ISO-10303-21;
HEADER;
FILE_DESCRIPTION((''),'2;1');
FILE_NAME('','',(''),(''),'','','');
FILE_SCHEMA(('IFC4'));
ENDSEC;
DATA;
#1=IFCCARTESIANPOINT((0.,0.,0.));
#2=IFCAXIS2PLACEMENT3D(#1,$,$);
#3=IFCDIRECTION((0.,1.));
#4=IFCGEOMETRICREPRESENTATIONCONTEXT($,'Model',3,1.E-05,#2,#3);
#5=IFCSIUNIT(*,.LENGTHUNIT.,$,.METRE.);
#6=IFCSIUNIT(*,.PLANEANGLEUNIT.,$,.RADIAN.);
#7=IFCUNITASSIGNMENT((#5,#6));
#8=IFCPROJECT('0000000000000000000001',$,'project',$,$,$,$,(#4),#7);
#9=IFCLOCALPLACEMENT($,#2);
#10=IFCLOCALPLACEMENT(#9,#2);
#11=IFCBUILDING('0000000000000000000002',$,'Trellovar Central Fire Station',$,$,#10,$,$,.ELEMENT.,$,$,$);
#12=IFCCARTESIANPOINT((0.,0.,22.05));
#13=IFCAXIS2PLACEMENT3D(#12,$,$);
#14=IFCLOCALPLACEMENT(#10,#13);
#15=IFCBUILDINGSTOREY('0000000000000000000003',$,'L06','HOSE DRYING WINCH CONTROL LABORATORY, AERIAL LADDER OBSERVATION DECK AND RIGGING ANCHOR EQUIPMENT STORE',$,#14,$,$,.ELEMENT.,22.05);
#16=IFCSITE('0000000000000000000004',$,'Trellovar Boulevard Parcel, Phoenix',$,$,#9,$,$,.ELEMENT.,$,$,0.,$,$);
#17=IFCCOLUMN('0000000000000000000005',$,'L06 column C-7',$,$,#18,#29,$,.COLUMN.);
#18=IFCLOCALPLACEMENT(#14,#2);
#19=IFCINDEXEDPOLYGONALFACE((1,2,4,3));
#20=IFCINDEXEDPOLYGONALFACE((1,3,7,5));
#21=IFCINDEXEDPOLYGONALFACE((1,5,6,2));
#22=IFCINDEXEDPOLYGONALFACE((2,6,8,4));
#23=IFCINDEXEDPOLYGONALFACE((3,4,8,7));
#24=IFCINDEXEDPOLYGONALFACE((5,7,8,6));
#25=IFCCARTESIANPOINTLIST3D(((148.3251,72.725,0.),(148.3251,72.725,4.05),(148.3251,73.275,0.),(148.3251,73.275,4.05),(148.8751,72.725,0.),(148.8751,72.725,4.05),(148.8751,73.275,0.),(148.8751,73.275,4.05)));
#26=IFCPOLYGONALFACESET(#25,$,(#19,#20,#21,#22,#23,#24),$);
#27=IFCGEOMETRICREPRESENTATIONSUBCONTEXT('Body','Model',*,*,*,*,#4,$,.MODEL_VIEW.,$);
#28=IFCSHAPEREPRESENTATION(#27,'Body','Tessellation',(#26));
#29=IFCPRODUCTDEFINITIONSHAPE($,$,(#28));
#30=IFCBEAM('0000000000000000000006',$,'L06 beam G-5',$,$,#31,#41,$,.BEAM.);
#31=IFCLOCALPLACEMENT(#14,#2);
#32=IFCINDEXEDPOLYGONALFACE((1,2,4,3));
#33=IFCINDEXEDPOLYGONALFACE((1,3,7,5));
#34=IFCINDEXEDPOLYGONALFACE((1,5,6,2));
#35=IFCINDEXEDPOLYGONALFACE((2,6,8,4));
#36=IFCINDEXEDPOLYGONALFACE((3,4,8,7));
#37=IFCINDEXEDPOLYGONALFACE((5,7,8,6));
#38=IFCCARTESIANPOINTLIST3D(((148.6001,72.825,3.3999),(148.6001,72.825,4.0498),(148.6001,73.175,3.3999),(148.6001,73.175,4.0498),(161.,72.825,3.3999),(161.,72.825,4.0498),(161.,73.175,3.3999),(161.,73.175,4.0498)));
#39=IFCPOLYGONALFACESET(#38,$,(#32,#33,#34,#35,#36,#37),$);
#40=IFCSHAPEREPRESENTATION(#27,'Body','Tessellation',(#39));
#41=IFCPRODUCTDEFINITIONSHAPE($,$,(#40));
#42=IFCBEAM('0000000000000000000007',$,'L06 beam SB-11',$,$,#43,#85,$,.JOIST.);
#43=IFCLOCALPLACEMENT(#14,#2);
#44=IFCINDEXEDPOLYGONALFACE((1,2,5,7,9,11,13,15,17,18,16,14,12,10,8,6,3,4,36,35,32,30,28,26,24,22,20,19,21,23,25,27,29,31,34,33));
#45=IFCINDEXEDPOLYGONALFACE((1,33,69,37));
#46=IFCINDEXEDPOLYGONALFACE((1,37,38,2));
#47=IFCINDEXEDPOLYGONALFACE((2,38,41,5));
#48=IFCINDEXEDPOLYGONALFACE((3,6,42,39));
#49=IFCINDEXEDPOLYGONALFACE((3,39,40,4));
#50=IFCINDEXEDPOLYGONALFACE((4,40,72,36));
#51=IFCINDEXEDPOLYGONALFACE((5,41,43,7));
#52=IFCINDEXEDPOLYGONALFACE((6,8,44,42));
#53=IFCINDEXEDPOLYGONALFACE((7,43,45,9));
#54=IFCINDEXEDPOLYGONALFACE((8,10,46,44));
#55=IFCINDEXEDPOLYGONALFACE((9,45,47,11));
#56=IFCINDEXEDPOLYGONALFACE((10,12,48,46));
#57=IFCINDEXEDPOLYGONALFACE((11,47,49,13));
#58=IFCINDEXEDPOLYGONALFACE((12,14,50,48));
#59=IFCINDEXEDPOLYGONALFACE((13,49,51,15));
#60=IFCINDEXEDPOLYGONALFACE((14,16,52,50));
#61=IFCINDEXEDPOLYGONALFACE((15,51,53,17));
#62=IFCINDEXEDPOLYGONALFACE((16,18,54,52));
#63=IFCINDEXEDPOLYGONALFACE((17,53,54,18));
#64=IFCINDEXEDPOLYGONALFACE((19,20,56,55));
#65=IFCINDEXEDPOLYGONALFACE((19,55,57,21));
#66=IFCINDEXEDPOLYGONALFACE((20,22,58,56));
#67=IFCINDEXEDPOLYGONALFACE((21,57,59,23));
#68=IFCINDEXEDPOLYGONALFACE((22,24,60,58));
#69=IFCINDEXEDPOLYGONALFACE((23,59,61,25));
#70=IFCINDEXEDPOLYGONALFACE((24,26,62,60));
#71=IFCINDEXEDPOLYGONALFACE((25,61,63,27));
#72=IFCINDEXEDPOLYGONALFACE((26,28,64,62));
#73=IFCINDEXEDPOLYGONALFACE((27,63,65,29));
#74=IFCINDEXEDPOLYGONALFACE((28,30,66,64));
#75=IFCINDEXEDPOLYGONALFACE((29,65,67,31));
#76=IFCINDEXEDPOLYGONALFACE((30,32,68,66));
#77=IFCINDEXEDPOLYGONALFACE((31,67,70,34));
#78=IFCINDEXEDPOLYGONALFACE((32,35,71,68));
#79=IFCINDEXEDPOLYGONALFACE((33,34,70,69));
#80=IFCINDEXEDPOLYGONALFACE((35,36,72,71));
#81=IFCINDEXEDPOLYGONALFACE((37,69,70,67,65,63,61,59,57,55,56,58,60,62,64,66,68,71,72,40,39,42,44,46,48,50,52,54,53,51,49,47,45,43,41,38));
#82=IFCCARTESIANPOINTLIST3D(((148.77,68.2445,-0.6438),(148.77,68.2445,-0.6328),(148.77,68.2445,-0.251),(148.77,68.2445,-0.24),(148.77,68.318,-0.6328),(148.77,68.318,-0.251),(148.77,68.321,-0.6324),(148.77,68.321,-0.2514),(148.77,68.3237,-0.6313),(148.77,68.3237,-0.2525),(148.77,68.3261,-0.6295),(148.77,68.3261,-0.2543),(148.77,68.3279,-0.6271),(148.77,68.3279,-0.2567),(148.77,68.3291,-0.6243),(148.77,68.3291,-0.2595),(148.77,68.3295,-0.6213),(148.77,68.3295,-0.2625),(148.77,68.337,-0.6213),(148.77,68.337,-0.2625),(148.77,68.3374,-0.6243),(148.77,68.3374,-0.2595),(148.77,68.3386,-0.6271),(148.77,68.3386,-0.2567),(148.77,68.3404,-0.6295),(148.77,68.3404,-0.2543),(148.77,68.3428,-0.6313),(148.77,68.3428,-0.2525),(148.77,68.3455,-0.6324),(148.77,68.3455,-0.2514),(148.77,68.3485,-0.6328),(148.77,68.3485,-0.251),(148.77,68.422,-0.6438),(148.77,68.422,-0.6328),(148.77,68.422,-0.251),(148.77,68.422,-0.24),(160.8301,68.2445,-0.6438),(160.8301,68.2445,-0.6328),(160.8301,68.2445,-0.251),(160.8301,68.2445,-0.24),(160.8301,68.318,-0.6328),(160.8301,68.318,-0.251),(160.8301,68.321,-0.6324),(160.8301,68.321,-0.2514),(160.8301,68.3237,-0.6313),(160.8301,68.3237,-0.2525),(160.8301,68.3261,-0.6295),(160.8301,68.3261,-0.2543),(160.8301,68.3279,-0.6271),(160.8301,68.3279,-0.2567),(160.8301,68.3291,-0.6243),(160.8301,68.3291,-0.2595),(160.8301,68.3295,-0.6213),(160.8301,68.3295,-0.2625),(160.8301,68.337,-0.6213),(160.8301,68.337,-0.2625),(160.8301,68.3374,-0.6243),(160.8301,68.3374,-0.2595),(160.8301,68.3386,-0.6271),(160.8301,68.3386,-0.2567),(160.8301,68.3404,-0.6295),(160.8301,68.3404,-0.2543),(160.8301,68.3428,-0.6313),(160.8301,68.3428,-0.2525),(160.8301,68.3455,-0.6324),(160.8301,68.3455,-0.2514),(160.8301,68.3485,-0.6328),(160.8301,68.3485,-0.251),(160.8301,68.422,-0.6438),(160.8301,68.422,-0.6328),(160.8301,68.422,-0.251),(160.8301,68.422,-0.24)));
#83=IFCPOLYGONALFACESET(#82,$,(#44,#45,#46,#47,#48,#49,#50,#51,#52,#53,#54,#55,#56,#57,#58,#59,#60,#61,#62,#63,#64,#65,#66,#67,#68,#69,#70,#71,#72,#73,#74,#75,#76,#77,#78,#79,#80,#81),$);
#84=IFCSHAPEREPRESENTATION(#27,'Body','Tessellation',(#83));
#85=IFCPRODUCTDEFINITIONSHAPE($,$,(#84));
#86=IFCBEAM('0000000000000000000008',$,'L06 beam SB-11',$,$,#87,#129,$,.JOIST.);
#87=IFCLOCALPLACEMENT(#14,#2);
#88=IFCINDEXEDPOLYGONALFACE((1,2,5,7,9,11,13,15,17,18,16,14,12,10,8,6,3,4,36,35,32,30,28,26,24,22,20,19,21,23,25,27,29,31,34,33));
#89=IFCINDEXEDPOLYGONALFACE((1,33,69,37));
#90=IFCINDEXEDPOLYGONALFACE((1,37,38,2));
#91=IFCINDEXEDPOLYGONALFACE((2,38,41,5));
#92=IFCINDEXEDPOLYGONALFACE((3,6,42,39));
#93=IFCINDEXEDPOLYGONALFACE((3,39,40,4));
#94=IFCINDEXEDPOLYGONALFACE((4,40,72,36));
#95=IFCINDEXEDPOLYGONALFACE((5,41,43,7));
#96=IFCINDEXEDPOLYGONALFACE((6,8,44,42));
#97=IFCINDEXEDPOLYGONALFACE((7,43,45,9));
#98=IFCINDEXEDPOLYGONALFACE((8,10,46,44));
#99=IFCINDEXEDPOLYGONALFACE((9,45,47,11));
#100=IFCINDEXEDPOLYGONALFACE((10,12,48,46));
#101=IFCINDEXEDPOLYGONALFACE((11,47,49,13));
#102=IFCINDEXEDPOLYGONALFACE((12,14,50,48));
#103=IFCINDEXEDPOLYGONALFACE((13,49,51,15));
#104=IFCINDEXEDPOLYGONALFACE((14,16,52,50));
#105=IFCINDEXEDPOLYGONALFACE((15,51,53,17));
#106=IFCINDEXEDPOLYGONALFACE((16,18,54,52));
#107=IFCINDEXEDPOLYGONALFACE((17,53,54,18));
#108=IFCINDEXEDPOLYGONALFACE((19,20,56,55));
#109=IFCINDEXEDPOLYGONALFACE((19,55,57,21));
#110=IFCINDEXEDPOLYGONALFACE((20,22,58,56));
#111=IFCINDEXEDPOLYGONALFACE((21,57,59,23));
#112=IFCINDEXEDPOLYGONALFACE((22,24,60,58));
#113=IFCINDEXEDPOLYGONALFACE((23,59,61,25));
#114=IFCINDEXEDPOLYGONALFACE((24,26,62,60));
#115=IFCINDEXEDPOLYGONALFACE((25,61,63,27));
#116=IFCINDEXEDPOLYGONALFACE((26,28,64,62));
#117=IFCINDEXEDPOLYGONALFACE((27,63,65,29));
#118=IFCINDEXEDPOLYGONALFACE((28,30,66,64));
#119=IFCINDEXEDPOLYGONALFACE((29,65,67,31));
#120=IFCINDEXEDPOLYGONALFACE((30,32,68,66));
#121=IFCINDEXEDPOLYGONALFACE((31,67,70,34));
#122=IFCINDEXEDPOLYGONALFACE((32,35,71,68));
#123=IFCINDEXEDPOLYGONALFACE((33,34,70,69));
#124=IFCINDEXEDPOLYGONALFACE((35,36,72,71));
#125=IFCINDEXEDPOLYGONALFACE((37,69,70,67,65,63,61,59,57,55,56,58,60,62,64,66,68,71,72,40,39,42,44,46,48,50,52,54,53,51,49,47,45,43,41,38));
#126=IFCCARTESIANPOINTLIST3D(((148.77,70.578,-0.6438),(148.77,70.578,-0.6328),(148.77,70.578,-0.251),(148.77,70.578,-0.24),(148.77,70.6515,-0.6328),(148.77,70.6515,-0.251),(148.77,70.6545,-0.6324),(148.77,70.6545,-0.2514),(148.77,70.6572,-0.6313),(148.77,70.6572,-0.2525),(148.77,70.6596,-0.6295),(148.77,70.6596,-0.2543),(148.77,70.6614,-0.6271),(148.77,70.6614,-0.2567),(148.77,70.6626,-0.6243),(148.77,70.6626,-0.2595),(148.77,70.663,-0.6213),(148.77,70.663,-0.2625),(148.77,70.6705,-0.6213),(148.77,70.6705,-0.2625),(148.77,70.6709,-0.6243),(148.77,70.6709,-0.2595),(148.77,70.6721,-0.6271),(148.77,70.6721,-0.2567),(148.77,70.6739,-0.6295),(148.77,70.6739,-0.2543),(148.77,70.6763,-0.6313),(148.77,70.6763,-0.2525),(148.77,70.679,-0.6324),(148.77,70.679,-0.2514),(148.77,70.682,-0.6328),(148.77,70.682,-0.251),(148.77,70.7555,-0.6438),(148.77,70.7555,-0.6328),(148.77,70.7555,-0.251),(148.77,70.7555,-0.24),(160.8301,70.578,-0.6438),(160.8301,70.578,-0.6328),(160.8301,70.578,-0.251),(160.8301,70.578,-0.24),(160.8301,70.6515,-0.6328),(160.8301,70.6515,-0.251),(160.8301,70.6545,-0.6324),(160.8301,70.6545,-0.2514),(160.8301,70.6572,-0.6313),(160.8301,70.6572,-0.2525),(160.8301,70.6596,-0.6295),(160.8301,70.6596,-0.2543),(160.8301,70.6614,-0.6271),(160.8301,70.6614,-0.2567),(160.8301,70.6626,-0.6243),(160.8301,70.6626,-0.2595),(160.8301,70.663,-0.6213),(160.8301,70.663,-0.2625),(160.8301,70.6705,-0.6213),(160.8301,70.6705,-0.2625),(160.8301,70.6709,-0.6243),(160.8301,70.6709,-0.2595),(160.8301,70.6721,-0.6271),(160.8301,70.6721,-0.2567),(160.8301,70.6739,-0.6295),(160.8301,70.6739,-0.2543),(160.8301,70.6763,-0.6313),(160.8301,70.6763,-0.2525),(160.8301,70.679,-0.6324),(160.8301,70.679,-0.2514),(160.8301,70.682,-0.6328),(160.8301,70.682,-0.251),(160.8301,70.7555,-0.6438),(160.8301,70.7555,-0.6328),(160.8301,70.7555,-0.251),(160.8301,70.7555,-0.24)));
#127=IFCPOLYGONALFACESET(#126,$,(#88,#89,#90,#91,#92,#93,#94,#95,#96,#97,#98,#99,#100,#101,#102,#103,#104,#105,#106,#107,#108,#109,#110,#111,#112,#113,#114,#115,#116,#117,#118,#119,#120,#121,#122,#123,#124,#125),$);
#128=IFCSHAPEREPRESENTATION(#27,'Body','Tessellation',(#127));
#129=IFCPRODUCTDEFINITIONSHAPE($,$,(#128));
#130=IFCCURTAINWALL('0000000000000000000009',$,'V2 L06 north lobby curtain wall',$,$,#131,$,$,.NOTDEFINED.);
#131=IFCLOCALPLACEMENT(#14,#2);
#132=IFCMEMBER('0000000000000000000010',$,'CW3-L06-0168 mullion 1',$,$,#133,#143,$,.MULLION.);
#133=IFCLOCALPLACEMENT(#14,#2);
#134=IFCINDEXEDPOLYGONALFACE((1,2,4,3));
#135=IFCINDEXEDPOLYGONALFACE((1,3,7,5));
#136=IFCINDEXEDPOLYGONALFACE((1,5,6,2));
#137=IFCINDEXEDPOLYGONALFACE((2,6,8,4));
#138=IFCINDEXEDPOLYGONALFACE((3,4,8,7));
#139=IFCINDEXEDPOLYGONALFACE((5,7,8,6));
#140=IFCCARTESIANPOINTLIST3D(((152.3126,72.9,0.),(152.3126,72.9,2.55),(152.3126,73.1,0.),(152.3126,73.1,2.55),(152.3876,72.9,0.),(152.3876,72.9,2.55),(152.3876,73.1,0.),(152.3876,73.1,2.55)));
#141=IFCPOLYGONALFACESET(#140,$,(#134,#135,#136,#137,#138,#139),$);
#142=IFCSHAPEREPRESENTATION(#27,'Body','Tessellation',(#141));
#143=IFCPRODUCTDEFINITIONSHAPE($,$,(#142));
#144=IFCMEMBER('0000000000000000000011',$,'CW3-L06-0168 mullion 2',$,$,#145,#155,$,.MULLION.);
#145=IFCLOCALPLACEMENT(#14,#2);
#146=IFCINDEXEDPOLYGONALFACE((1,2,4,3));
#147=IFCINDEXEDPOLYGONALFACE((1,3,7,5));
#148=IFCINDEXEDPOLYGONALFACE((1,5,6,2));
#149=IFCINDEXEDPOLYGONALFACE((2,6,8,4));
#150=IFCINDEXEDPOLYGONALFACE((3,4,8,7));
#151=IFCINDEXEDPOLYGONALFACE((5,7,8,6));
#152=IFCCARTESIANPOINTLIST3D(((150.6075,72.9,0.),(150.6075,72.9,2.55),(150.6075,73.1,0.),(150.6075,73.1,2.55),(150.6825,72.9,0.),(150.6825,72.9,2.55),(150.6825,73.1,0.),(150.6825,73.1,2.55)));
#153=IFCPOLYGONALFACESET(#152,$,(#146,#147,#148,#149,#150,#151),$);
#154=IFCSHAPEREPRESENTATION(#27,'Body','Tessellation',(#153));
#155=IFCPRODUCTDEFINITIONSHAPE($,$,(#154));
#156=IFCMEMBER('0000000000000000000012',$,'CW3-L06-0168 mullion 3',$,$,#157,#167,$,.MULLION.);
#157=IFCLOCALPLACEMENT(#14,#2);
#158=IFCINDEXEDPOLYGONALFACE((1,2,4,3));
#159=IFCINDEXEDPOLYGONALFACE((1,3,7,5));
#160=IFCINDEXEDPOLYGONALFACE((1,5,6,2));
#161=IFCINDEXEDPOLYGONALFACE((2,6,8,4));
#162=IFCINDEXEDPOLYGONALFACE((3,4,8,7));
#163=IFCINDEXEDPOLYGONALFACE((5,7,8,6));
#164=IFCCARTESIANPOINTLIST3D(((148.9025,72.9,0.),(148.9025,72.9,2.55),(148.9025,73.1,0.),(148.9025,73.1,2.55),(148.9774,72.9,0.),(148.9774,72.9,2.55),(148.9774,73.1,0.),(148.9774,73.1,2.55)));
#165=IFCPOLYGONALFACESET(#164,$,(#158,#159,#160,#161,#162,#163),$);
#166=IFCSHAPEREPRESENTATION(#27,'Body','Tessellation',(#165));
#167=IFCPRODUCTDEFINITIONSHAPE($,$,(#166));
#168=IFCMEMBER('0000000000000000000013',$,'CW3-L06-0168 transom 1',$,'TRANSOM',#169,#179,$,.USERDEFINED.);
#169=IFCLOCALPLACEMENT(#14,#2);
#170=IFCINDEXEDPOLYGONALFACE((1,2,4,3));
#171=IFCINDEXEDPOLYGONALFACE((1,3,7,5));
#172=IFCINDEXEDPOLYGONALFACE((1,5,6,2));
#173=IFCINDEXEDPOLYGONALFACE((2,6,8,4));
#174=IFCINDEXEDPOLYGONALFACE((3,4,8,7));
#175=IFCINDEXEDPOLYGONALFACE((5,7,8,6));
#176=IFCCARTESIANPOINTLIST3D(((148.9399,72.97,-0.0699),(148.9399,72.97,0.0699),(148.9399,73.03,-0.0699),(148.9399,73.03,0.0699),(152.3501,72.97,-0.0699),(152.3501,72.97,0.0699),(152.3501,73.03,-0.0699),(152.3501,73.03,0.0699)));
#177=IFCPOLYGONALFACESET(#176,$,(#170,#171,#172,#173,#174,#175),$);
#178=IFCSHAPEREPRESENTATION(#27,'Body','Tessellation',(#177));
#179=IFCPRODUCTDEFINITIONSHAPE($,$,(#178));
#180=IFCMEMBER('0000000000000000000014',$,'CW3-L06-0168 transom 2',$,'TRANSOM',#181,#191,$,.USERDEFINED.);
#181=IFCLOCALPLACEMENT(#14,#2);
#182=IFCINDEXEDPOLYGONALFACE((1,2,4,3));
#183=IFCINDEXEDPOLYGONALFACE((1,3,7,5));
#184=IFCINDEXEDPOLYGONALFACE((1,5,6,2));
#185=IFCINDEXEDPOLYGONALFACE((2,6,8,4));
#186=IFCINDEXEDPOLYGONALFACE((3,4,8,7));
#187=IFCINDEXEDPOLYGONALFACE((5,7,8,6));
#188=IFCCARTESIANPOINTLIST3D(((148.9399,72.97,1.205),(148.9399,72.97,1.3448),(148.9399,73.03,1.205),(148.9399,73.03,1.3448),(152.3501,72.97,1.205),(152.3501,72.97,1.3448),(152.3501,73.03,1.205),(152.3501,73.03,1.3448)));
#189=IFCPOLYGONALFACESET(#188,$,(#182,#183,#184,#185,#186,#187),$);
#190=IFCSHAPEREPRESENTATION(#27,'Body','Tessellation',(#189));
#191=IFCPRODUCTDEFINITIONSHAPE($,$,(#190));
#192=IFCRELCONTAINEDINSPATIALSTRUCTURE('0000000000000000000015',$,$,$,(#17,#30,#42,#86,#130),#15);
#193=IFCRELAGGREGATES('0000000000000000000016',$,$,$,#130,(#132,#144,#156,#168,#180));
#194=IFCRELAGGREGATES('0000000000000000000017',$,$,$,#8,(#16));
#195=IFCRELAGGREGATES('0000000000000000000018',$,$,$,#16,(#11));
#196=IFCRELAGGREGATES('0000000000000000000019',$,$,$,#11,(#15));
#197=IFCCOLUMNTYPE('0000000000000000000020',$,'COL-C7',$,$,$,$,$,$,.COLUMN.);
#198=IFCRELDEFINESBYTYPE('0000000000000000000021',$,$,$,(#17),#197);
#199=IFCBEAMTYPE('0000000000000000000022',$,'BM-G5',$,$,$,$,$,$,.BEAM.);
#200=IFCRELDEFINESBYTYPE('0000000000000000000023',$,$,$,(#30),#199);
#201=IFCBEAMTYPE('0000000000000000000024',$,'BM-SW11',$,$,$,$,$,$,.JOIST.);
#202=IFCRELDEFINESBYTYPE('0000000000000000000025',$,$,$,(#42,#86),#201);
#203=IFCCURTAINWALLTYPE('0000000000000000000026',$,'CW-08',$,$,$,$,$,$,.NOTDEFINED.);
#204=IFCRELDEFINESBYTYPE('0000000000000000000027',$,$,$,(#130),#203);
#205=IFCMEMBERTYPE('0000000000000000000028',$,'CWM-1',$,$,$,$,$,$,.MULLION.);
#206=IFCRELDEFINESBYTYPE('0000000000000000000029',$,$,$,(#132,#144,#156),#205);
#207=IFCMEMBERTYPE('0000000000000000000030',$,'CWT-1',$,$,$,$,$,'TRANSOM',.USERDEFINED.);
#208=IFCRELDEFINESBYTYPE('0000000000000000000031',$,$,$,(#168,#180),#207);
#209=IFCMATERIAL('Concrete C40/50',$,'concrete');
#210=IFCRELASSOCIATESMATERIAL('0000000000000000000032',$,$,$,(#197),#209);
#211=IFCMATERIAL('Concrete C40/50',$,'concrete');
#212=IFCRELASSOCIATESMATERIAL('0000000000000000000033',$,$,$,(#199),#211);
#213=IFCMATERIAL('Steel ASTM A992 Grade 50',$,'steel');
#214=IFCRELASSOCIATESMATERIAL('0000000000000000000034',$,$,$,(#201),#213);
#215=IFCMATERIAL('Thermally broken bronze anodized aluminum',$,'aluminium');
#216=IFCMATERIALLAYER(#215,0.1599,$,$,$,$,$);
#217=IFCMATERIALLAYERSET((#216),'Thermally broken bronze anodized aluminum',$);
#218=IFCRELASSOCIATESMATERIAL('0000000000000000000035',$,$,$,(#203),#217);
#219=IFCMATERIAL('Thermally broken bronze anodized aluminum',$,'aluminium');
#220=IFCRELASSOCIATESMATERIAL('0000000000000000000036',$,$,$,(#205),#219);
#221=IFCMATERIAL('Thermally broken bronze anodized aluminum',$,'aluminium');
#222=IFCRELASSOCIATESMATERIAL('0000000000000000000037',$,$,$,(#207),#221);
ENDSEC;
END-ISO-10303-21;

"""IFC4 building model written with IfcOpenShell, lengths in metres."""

from ifc_helpers import new_model, si_unit, direction, frame, origin, origin_2d, place, context, subcontext, project, spatial, rectangle, i_section, extrude, material, layer, layer_set, material_profile, profile_set, type_object, element, aggregate, save


model = new_model("IFC4")

# Units and contexts
model_context = context("Model", 3, precision=1e-05, world=origin(), true_north=direction((0.0, 1.0)))
body_context = subcontext(model_context, "Body", "Model", "MODEL_VIEW")
ifc_project = project(units=[si_unit("LENGTHUNIT", "METRE"), si_unit("PLANEANGLEUNIT", "RADIAN")], contexts=[model_context])

# Site, building, storey
site_placement = place(None, origin())
site = spatial("IfcSite", under=ifc_project, at=site_placement, Name="Trellovar Boulevard Parcel, Phoenix", CompositionType="ELEMENT", RefElevation=0.0)
building_placement = place(site_placement, origin())
building = spatial("IfcBuilding", under=site, at=building_placement, Name="Trellovar Central Fire Station", CompositionType="ELEMENT")
storey_placement = place(building_placement, frame((0.0, 0.0, 22.05)))
storey = spatial("IfcBuildingStorey", under=building, at=storey_placement, Name="L06", Description="HOSE DRYING WINCH CONTROL LABORATORY, AERIAL LADDER OBSERVATION DECK AND RIGGING ANCHOR EQUIPMENT STORE", CompositionType="ELEMENT", Elevation=22.05)

# Column
ifc_material_1 = material(Name="Concrete C40/50", Category="concrete")
ifc_material_profile_1 = material_profile(ifc_material_1, rectangle(XDim=0.55, YDim=0.55, at=origin_2d()), Name="RC550X550")
ifc_profile_set_1 = profile_set([ifc_material_profile_1], Name="Concrete C40/50")
column_type = type_object("IfcColumnType", Name="COL-C7", PredefinedType="COLUMN", material=ifc_profile_set_1)
column_placement = place(storey_placement, frame((148.6001, 73.0, 0.0), z_axis=(0.0, 0.0, 1.0), x_axis=(1.0, 0.0, 0.0)))
element("IfcColumn", 1, at=column_placement, inside=storey, type_object=column_type, Name="L06 column C-7", PredefinedType="COLUMN", context=body_context, shape_type="SweptSolid", body=[
    extrude(rectangle(XDim=0.55, YDim=0.55, at=origin_2d()), origin(), (0.0, 0.0, 1.0), 4.05),
])

# Beams
ifc_material_2 = material(Name="Concrete C40/50", Category="concrete")
ifc_material_profile_2 = material_profile(ifc_material_2, rectangle(XDim=0.3501, YDim=0.6499, at=origin_2d()), Name="RC350X650")
ifc_profile_set_2 = profile_set([ifc_material_profile_2], Name="Concrete C40/50")
beam_type_1 = type_object("IfcBeamType", Name="BM-G5", PredefinedType="BEAM", material=ifc_profile_set_2)
beam_placement = place(storey_placement, frame((148.6001, 73.0, 3.7249), z_axis=(1.0, 0.0, 0.0), x_axis=(0.0, 1.0, 0.0)))
element("IfcBeam", 2, at=beam_placement, inside=storey, type_object=beam_type_1, Name="L06 beam G-5", PredefinedType="BEAM", context=body_context, shape_type="SweptSolid", body=[
    extrude(rectangle(XDim=0.3501, YDim=0.6499, at=origin_2d()), origin(), (0.0, 0.0, 1.0), 12.3999),
])
ifc_material_3 = material(Name="Steel ASTM A992 Grade 50", Category="steel")
ifc_material_profile_3 = material_profile(ifc_material_3, i_section(OverallWidth=0.1775, OverallDepth=0.4038, WebThickness=0.0076, FlangeThickness=0.011, FilletRadius=0.0115, at=origin_2d()), Name="W16X36")
ifc_profile_set_3 = profile_set([ifc_material_profile_3], Name="Steel ASTM A992 Grade 50")
beam_type_2 = type_object("IfcBeamType", Name="BM-SW11", PredefinedType="JOIST", material=ifc_profile_set_3)
for number, where, z_axis, x_axis, name in (
    (3, (148.77, 68.3333, -0.4419), (1.0, 0.0, 0.0), (0.0, 1.0, 0.0), "L06 beam SB-11"),
    (4, (148.77, 70.6667, -0.4419), (1.0, 0.0, 0.0), (0.0, 1.0, 0.0), "L06 beam SB-11"),
):
    element("IfcBeam", number, at=place(storey_placement, frame(where, z_axis=z_axis, x_axis=x_axis)), inside=storey, type_object=beam_type_2, Name=name, PredefinedType="JOIST", context=body_context, shape_type="SweptSolid", body=[
        extrude(i_section(OverallWidth=0.1775, OverallDepth=0.4038, WebThickness=0.0076, FlangeThickness=0.011, FilletRadius=0.0115, at=origin_2d()), origin(), (0.0, 0.0, 1.0), 12.0601),
    ])

# Curtain wall, members
ifc_material_4 = material(Name="Thermally broken bronze anodized aluminum", Category="aluminium")
ifc_layer_1 = layer(ifc_material_4, 0.1599)
ifc_layer_set_1 = layer_set([ifc_layer_1], Name="Thermally broken bronze anodized aluminum")
curtain_wall_type = type_object("IfcCurtainWallType", Name="CW-08", PredefinedType="NOTDEFINED", material=ifc_layer_set_1)
curtain_wall_placement = place(storey_placement, origin())
curtain_wall = element("IfcCurtainWall", 5, at=curtain_wall_placement, inside=storey, type_object=curtain_wall_type, Name="V2 L06 north lobby curtain wall", PredefinedType="NOTDEFINED")
ifc_material_5 = material(Name="Thermally broken bronze anodized aluminum", Category="aluminium")
ifc_material_profile_4 = material_profile(ifc_material_5, rectangle(XDim=0.075, YDim=0.2, at=origin_2d()), Name="ALU75X200")
ifc_profile_set_4 = profile_set([ifc_material_profile_4], Name="Thermally broken bronze anodized aluminum")
member_type_1 = type_object("IfcMemberType", Name="CWM-1", PredefinedType="MULLION", material=ifc_profile_set_4)
member_1_placement = place(storey_placement, frame((152.3501, 73.0, 0.0), z_axis=(0.0, 0.0, 1.0), x_axis=(1.0, 0.0, 0.0)))
member_1 = element("IfcMember", 6, at=member_1_placement, type_object=member_type_1, Name="CW3-L06-0168 mullion 1", PredefinedType="MULLION", context=body_context, shape_type="SweptSolid", body=[
    extrude(rectangle(XDim=0.075, YDim=0.2, at=origin_2d()), origin(), (0.0, 0.0, 1.0), 2.55),
])
member_2_placement = place(storey_placement, frame((150.645, 73.0, 0.0), z_axis=(0.0, 0.0, 1.0), x_axis=(1.0, 0.0, 0.0)))
member_2 = element("IfcMember", 7, at=member_2_placement, type_object=member_type_1, Name="CW3-L06-0168 mullion 2", PredefinedType="MULLION", context=body_context, shape_type="SweptSolid", body=[
    extrude(rectangle(XDim=0.075, YDim=0.2, at=origin_2d()), origin(), (0.0, 0.0, 1.0), 2.55),
])
member_3_placement = place(storey_placement, frame((148.9399, 73.0, 0.0), z_axis=(0.0, 0.0, 1.0), x_axis=(1.0, 0.0, 0.0)))
member_3 = element("IfcMember", 8, at=member_3_placement, type_object=member_type_1, Name="CW3-L06-0168 mullion 3", PredefinedType="MULLION", context=body_context, shape_type="SweptSolid", body=[
    extrude(rectangle(XDim=0.075, YDim=0.2, at=origin_2d()), origin(), (0.0, 0.0, 1.0), 2.55),
])
ifc_material_6 = material(Name="Thermally broken bronze anodized aluminum", Category="aluminium")
ifc_material_profile_5 = material_profile(ifc_material_6, rectangle(XDim=0.0601, YDim=0.1399, at=origin_2d()), Name="ALU60X140")
ifc_profile_set_5 = profile_set([ifc_material_profile_5], Name="Thermally broken bronze anodized aluminum")
member_type_2 = type_object("IfcMemberType", Name="CWT-1", ElementType="TRANSOM", PredefinedType="USERDEFINED", material=ifc_profile_set_5)
member_4_placement = place(storey_placement, frame((152.3501, 73.0, 0.0), z_axis=(-1.0, 0.0, 0.0), x_axis=(0.0, -1.0, 0.0)))
member_4 = element("IfcMember", 9, at=member_4_placement, type_object=member_type_2, Name="CW3-L06-0168 transom 1", ObjectType="TRANSOM", PredefinedType="USERDEFINED", context=body_context, shape_type="SweptSolid", body=[
    extrude(rectangle(XDim=0.0601, YDim=0.1399, at=origin_2d()), origin(), (0.0, 0.0, 1.0), 3.4102),
])
member_5_placement = place(storey_placement, frame((152.3501, 73.0, 1.2749), z_axis=(-1.0, 0.0, 0.0), x_axis=(0.0, -1.0, 0.0)))
member_5 = element("IfcMember", 10, at=member_5_placement, type_object=member_type_2, Name="CW3-L06-0168 transom 2", ObjectType="TRANSOM", PredefinedType="USERDEFINED", context=body_context, shape_type="SweptSolid", body=[
    extrude(rectangle(XDim=0.0601, YDim=0.1399, at=origin_2d()), origin(), (0.0, 0.0, 1.0), 3.4102),
])

aggregate(curtain_wall, [member_1, member_2, member_3, member_4, member_5])

save(model, "model.ifc")
